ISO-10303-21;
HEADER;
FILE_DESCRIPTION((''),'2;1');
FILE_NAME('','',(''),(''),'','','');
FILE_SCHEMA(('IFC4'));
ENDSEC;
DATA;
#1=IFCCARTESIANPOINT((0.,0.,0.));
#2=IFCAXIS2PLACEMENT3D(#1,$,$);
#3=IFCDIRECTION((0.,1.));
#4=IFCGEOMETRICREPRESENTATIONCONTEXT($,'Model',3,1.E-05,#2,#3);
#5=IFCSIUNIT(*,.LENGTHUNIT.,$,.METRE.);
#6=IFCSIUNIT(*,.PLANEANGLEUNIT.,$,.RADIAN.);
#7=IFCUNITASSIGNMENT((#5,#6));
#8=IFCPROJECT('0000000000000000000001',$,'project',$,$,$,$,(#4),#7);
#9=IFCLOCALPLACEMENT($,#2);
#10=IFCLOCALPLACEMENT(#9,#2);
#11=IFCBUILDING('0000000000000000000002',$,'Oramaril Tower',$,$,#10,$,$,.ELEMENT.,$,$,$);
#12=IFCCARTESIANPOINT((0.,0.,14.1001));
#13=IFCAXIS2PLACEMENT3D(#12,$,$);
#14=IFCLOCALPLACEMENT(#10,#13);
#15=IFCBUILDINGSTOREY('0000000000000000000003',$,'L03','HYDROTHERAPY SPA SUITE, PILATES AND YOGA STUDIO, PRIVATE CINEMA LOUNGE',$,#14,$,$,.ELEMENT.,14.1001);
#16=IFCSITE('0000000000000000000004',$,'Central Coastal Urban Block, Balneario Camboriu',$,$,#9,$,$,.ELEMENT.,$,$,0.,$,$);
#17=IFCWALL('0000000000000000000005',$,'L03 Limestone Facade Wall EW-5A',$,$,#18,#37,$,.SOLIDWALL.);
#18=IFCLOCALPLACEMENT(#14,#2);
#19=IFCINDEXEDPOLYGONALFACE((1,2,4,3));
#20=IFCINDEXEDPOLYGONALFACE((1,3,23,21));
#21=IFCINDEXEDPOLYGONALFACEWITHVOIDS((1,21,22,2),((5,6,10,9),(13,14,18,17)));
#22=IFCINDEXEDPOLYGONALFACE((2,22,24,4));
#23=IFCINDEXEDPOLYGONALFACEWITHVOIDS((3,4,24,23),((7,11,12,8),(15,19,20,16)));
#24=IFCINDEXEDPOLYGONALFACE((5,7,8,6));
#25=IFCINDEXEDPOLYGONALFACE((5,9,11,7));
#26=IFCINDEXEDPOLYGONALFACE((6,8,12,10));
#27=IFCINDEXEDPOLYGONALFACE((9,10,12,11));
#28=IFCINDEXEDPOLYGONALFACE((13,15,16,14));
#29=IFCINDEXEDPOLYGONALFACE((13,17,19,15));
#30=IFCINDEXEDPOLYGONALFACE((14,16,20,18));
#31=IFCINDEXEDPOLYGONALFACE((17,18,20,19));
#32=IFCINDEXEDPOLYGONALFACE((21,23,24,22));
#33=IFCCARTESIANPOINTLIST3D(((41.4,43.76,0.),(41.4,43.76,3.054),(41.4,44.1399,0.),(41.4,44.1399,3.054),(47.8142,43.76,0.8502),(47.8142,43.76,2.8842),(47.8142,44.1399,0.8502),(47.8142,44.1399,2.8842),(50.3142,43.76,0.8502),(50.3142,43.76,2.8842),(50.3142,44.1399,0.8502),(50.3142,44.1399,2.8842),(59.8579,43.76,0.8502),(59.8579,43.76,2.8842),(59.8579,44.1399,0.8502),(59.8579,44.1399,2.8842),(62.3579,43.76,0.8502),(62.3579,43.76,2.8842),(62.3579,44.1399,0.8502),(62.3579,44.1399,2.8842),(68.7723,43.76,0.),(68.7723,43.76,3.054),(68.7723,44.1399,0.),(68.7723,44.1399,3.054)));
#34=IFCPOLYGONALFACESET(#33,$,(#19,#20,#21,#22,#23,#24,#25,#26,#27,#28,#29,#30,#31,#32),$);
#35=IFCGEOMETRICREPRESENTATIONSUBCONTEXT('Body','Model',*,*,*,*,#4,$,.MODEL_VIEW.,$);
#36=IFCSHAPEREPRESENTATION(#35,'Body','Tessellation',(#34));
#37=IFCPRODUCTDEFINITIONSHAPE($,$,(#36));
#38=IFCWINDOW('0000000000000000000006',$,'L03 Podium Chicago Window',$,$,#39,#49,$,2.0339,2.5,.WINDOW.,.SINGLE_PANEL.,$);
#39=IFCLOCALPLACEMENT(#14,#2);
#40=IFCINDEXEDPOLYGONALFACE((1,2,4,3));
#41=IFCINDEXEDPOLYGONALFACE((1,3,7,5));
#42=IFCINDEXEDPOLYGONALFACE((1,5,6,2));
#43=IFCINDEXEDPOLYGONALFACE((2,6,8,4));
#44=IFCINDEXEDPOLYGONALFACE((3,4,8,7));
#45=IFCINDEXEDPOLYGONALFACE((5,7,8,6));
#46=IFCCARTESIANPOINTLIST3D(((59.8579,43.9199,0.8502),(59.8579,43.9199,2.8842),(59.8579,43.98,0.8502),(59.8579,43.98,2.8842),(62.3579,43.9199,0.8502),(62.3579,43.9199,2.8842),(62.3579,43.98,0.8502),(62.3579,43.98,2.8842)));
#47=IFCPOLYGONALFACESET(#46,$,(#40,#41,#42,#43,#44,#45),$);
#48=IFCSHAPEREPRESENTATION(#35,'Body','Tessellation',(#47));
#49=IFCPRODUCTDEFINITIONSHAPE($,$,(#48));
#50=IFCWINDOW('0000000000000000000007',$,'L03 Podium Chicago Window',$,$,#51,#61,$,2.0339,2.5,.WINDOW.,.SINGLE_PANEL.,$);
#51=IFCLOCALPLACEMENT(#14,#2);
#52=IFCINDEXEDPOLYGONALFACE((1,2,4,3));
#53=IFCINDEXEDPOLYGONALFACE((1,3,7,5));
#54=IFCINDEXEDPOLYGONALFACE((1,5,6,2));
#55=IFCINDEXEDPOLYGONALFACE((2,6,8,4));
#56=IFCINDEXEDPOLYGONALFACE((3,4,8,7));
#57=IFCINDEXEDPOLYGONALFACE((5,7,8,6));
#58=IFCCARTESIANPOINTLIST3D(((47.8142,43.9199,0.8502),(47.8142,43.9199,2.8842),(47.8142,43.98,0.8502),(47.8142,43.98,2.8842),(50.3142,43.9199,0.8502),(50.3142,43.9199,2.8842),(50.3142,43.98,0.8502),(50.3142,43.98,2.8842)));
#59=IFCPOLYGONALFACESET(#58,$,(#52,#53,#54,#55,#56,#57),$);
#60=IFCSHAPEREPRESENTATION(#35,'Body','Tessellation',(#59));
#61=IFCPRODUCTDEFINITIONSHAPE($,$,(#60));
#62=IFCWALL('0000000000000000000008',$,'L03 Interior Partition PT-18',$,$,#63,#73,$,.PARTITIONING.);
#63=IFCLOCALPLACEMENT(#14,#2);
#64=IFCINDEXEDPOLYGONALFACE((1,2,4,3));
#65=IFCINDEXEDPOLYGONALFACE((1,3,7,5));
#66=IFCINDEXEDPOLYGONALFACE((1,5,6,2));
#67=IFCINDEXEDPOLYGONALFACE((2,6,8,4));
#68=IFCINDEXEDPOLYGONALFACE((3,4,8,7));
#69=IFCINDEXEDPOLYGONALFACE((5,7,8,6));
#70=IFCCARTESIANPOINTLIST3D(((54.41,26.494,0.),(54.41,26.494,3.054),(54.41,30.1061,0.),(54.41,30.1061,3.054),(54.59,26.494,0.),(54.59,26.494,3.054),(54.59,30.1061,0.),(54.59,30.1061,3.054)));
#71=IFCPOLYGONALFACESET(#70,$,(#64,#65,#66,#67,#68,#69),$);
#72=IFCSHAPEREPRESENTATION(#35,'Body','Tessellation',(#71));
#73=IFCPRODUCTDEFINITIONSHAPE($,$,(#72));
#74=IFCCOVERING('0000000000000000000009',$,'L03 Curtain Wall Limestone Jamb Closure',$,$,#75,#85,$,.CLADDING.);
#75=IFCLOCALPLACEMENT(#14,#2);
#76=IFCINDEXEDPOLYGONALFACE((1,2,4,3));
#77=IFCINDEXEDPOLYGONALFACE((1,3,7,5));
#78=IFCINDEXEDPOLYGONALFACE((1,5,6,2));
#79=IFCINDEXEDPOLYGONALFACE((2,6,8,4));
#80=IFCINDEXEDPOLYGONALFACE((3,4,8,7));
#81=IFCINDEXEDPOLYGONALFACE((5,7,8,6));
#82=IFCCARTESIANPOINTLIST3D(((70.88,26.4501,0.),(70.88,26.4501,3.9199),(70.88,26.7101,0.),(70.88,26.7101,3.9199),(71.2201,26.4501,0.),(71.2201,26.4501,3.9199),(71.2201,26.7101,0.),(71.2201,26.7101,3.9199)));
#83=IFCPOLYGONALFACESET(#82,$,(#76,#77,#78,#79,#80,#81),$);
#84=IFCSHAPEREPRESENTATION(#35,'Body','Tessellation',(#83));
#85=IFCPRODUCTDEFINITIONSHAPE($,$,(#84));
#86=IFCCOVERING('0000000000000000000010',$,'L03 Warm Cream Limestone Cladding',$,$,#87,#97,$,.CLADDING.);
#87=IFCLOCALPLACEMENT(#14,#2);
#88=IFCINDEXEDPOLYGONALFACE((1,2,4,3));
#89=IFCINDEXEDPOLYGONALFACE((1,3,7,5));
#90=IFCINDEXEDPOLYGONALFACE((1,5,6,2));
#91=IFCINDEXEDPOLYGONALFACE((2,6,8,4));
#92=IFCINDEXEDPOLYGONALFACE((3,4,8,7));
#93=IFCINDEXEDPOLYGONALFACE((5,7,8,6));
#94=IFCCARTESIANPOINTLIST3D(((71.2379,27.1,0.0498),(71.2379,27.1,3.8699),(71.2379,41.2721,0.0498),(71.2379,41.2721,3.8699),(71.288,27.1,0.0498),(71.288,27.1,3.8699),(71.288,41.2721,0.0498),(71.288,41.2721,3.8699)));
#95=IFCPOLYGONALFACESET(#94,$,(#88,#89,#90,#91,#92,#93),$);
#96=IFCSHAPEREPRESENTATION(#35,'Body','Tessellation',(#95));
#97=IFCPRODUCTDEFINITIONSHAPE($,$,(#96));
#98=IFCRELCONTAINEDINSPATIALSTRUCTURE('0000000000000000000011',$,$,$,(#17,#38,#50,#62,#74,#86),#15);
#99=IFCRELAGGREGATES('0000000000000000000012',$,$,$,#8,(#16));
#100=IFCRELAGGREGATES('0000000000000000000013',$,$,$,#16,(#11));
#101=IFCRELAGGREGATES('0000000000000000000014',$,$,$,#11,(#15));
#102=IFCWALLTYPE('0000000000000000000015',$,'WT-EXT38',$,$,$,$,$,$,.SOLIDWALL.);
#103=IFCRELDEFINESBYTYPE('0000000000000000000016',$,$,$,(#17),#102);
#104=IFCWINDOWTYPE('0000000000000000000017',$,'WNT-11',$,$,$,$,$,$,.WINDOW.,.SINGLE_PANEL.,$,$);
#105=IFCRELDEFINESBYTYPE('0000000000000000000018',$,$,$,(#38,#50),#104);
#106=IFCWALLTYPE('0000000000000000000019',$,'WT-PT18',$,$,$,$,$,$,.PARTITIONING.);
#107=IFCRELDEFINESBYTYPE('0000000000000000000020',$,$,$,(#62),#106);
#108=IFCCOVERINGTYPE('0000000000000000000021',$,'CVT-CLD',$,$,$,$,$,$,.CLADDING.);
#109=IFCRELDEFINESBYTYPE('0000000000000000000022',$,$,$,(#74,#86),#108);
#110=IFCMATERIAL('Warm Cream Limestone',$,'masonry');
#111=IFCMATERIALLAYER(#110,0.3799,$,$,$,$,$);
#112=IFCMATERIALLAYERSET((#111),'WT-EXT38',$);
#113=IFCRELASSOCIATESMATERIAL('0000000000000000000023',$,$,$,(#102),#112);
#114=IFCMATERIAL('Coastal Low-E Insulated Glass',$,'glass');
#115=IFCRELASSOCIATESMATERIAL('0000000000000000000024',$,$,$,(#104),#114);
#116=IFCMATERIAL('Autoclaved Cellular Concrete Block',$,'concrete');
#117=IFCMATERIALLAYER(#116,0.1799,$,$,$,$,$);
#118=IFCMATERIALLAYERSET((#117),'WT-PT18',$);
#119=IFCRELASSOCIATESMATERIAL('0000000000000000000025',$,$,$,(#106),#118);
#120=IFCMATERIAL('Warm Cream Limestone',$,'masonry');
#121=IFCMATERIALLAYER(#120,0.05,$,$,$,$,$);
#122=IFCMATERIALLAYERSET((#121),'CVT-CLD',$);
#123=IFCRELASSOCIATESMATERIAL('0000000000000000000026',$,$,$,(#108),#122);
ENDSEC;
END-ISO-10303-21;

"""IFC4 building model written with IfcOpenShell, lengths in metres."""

from ifc_helpers import new_model, si_unit, direction, frame, frame_2d, origin, origin_2d, place, context, subcontext, project, spatial, rectangle, extrude, material, layer, layer_set, type_object, element, fill, save


model = new_model("IFC4")

# Units and contexts
model_context = context("Model", 3, precision=1e-05, world=origin(), true_north=direction((0.0, 1.0)))
body_context = subcontext(model_context, "Body", "Model", "MODEL_VIEW")
ifc_project = project(units=[si_unit("LENGTHUNIT", "METRE"), si_unit("PLANEANGLEUNIT", "RADIAN")], contexts=[model_context])

# Site, building, storey
site_placement = place(None, origin())
site = spatial("IfcSite", under=ifc_project, at=site_placement, Name="Central Coastal Urban Block, Balneario Camboriu", CompositionType="ELEMENT", RefElevation=0.0)
building_placement = place(site_placement, origin())
building = spatial("IfcBuilding", under=site, at=building_placement, Name="Oramaril Tower", CompositionType="ELEMENT")
storey_placement = place(building_placement, frame((0.0, 0.0, 14.1001)))
storey = spatial("IfcBuildingStorey", under=building, at=storey_placement, Name="L03", Description="HYDROTHERAPY SPA SUITE, PILATES AND YOGA STUDIO, PRIVATE CINEMA LOUNGE", CompositionType="ELEMENT", Elevation=14.1001)

# Shared definitions
ifc_material_1 = material(Name="Warm Cream Limestone", Category="masonry")
ifc_layer_1 = layer(ifc_material_1, 0.3799)
ifc_layer_set_1 = layer_set([ifc_layer_1], Name="WT-EXT38")
wall_type_1 = type_object("IfcWallType", Name="WT-EXT38", PredefinedType="SOLIDWALL", material=ifc_layer_set_1)
ifc_material_2 = material(Name="Coastal Low-E Insulated Glass", Category="glass")
window_type = type_object("IfcWindowType", Name="WNT-11", PartitioningType="SINGLE_PANEL", PredefinedType="WINDOW", material=ifc_material_2)

# Wall, openings, windows
wall_1_placement = place(storey_placement, frame((68.7722, 43.95, 0.0), z_axis=(0.0, 0.0, 1.0), x_axis=(-1.0, 0.0, 0.0)))
wall_1 = element("IfcWall", 1, at=wall_1_placement, inside=storey, type_object=wall_type_1, Name="L03 Limestone Facade Wall EW-5A", PredefinedType="SOLIDWALL", context=body_context, shape_type="SweptSolid", body=[
    extrude(rectangle(XDim=27.3723, YDim=0.3799, at=frame_2d((13.686, 0.0))), origin(), (0.0, 0.0, 1.0), 3.054),
])
opening_1_placement = place(wall_1_placement, frame((6.4143, 0.0, 0.8501)))
opening_1 = element("IfcOpeningElement", 2, at=opening_1_placement, cuts=wall_1, PredefinedType="OPENING", context=body_context, shape_type="SweptSolid", body=[
    extrude(rectangle(XDim=2.5, YDim=2.0339, at=frame_2d((1.25, 1.0171))), frame((0.0, 0.1899, 0.0), z_axis=(0.0, -1.0, 0.0), x_axis=(1.0, 0.0, 0.0)), (0.0, 0.0, 1.0), 0.3799),
])
opening_2_placement = place(wall_1_placement, frame((18.458, 0.0, 0.8501)))
opening_2 = element("IfcOpeningElement", 3, at=opening_2_placement, cuts=wall_1, PredefinedType="OPENING", context=body_context, shape_type="SweptSolid", body=[
    extrude(rectangle(XDim=2.5, YDim=2.0339, at=frame_2d((1.25, 1.0171))), frame((0.0, 0.1899, 0.0), z_axis=(0.0, -1.0, 0.0), x_axis=(1.0, 0.0, 0.0)), (0.0, 0.0, 1.0), 0.3799),
])
window_1_placement = place(opening_1_placement, origin())
window_1 = element("IfcWindow", 4, at=window_1_placement, inside=storey, type_object=window_type, Name="L03 Podium Chicago Window", OverallHeight=2.0339, OverallWidth=2.5, PartitioningType="SINGLE_PANEL", PredefinedType="WINDOW", context=body_context, shape_type="SweptSolid", body=[
    extrude(rectangle(XDim=2.5, YDim=2.0339, at=frame_2d((1.25, 1.0171))), frame((0.0, 0.03, 0.0), z_axis=(0.0, -1.0, 0.0), x_axis=(1.0, 0.0, 0.0)), (0.0, 0.0, 1.0), 0.0601),
])
fill(opening_1, window_1)
window_2_placement = place(opening_2_placement, origin())
window_2 = element("IfcWindow", 5, at=window_2_placement, inside=storey, type_object=window_type, Name="L03 Podium Chicago Window", OverallHeight=2.0339, OverallWidth=2.5, PartitioningType="SINGLE_PANEL", PredefinedType="WINDOW", context=body_context, shape_type="SweptSolid", body=[
    extrude(rectangle(XDim=2.5, YDim=2.0339, at=frame_2d((1.25, 1.0171))), frame((0.0, 0.03, 0.0), z_axis=(0.0, -1.0, 0.0), x_axis=(1.0, 0.0, 0.0)), (0.0, 0.0, 1.0), 0.0601),
])
fill(opening_2, window_2)

# Wall
ifc_material_3 = material(Name="Autoclaved Cellular Concrete Block", Category="concrete")
ifc_layer_2 = layer(ifc_material_3, 0.1799)
ifc_layer_set_2 = layer_set([ifc_layer_2], Name="WT-PT18")
wall_type_2 = type_object("IfcWallType", Name="WT-PT18", PredefinedType="PARTITIONING", material=ifc_layer_set_2)
wall_2_placement = place(storey_placement, frame((54.5, 26.4939, 0.0), z_axis=(0.0, 0.0, 1.0), x_axis=(0.0, 1.0, 0.0)))
element("IfcWall", 6, at=wall_2_placement, inside=storey, type_object=wall_type_2, Name="L03 Interior Partition PT-18", PredefinedType="PARTITIONING", context=body_context, shape_type="SweptSolid", body=[
    extrude(rectangle(XDim=3.6121, YDim=0.1799, at=frame_2d((1.8062, 0.0))), origin(), (0.0, 0.0, 1.0), 3.054),
])

# Coverings
ifc_material_4 = material(Name="Warm Cream Limestone", Category="masonry")
ifc_layer_3 = layer(ifc_material_4, 0.05)
ifc_layer_set_3 = layer_set([ifc_layer_3], Name="CVT-CLD")
covering_type = type_object("IfcCoveringType", Name="CVT-CLD", PredefinedType="CLADDING", material=ifc_layer_set_3)
covering_1_placement = place(storey_placement, frame((71.05, 26.5801, 0.0), z_axis=(0.0, 0.0, 1.0), x_axis=(0.0, 1.0, 0.0)))
element("IfcCovering", 7, at=covering_1_placement, inside=storey, type_object=covering_type, Name="L03 Curtain Wall Limestone Jamb Closure", PredefinedType="CLADDING", context=body_context, shape_type="SweptSolid", body=[
    extrude(rectangle(XDim=0.26, YDim=0.3401, at=origin_2d()), origin(), (0.0, 0.0, 1.0), 3.9199),
])
covering_2_placement = place(storey_placement, frame((71.2629, 34.186, 0.0498), z_axis=(0.0, 0.0, 1.0), x_axis=(0.0, 1.0, 0.0)))
element("IfcCovering", 8, at=covering_2_placement, inside=storey, type_object=covering_type, Name="L03 Warm Cream Limestone Cladding", PredefinedType="CLADDING", context=body_context, shape_type="SweptSolid", body=[
    extrude(rectangle(XDim=14.1721, YDim=0.05, at=origin_2d()), origin(), (0.0, 0.0, 1.0), 3.8201),
])

save(model, "model.ifc")
